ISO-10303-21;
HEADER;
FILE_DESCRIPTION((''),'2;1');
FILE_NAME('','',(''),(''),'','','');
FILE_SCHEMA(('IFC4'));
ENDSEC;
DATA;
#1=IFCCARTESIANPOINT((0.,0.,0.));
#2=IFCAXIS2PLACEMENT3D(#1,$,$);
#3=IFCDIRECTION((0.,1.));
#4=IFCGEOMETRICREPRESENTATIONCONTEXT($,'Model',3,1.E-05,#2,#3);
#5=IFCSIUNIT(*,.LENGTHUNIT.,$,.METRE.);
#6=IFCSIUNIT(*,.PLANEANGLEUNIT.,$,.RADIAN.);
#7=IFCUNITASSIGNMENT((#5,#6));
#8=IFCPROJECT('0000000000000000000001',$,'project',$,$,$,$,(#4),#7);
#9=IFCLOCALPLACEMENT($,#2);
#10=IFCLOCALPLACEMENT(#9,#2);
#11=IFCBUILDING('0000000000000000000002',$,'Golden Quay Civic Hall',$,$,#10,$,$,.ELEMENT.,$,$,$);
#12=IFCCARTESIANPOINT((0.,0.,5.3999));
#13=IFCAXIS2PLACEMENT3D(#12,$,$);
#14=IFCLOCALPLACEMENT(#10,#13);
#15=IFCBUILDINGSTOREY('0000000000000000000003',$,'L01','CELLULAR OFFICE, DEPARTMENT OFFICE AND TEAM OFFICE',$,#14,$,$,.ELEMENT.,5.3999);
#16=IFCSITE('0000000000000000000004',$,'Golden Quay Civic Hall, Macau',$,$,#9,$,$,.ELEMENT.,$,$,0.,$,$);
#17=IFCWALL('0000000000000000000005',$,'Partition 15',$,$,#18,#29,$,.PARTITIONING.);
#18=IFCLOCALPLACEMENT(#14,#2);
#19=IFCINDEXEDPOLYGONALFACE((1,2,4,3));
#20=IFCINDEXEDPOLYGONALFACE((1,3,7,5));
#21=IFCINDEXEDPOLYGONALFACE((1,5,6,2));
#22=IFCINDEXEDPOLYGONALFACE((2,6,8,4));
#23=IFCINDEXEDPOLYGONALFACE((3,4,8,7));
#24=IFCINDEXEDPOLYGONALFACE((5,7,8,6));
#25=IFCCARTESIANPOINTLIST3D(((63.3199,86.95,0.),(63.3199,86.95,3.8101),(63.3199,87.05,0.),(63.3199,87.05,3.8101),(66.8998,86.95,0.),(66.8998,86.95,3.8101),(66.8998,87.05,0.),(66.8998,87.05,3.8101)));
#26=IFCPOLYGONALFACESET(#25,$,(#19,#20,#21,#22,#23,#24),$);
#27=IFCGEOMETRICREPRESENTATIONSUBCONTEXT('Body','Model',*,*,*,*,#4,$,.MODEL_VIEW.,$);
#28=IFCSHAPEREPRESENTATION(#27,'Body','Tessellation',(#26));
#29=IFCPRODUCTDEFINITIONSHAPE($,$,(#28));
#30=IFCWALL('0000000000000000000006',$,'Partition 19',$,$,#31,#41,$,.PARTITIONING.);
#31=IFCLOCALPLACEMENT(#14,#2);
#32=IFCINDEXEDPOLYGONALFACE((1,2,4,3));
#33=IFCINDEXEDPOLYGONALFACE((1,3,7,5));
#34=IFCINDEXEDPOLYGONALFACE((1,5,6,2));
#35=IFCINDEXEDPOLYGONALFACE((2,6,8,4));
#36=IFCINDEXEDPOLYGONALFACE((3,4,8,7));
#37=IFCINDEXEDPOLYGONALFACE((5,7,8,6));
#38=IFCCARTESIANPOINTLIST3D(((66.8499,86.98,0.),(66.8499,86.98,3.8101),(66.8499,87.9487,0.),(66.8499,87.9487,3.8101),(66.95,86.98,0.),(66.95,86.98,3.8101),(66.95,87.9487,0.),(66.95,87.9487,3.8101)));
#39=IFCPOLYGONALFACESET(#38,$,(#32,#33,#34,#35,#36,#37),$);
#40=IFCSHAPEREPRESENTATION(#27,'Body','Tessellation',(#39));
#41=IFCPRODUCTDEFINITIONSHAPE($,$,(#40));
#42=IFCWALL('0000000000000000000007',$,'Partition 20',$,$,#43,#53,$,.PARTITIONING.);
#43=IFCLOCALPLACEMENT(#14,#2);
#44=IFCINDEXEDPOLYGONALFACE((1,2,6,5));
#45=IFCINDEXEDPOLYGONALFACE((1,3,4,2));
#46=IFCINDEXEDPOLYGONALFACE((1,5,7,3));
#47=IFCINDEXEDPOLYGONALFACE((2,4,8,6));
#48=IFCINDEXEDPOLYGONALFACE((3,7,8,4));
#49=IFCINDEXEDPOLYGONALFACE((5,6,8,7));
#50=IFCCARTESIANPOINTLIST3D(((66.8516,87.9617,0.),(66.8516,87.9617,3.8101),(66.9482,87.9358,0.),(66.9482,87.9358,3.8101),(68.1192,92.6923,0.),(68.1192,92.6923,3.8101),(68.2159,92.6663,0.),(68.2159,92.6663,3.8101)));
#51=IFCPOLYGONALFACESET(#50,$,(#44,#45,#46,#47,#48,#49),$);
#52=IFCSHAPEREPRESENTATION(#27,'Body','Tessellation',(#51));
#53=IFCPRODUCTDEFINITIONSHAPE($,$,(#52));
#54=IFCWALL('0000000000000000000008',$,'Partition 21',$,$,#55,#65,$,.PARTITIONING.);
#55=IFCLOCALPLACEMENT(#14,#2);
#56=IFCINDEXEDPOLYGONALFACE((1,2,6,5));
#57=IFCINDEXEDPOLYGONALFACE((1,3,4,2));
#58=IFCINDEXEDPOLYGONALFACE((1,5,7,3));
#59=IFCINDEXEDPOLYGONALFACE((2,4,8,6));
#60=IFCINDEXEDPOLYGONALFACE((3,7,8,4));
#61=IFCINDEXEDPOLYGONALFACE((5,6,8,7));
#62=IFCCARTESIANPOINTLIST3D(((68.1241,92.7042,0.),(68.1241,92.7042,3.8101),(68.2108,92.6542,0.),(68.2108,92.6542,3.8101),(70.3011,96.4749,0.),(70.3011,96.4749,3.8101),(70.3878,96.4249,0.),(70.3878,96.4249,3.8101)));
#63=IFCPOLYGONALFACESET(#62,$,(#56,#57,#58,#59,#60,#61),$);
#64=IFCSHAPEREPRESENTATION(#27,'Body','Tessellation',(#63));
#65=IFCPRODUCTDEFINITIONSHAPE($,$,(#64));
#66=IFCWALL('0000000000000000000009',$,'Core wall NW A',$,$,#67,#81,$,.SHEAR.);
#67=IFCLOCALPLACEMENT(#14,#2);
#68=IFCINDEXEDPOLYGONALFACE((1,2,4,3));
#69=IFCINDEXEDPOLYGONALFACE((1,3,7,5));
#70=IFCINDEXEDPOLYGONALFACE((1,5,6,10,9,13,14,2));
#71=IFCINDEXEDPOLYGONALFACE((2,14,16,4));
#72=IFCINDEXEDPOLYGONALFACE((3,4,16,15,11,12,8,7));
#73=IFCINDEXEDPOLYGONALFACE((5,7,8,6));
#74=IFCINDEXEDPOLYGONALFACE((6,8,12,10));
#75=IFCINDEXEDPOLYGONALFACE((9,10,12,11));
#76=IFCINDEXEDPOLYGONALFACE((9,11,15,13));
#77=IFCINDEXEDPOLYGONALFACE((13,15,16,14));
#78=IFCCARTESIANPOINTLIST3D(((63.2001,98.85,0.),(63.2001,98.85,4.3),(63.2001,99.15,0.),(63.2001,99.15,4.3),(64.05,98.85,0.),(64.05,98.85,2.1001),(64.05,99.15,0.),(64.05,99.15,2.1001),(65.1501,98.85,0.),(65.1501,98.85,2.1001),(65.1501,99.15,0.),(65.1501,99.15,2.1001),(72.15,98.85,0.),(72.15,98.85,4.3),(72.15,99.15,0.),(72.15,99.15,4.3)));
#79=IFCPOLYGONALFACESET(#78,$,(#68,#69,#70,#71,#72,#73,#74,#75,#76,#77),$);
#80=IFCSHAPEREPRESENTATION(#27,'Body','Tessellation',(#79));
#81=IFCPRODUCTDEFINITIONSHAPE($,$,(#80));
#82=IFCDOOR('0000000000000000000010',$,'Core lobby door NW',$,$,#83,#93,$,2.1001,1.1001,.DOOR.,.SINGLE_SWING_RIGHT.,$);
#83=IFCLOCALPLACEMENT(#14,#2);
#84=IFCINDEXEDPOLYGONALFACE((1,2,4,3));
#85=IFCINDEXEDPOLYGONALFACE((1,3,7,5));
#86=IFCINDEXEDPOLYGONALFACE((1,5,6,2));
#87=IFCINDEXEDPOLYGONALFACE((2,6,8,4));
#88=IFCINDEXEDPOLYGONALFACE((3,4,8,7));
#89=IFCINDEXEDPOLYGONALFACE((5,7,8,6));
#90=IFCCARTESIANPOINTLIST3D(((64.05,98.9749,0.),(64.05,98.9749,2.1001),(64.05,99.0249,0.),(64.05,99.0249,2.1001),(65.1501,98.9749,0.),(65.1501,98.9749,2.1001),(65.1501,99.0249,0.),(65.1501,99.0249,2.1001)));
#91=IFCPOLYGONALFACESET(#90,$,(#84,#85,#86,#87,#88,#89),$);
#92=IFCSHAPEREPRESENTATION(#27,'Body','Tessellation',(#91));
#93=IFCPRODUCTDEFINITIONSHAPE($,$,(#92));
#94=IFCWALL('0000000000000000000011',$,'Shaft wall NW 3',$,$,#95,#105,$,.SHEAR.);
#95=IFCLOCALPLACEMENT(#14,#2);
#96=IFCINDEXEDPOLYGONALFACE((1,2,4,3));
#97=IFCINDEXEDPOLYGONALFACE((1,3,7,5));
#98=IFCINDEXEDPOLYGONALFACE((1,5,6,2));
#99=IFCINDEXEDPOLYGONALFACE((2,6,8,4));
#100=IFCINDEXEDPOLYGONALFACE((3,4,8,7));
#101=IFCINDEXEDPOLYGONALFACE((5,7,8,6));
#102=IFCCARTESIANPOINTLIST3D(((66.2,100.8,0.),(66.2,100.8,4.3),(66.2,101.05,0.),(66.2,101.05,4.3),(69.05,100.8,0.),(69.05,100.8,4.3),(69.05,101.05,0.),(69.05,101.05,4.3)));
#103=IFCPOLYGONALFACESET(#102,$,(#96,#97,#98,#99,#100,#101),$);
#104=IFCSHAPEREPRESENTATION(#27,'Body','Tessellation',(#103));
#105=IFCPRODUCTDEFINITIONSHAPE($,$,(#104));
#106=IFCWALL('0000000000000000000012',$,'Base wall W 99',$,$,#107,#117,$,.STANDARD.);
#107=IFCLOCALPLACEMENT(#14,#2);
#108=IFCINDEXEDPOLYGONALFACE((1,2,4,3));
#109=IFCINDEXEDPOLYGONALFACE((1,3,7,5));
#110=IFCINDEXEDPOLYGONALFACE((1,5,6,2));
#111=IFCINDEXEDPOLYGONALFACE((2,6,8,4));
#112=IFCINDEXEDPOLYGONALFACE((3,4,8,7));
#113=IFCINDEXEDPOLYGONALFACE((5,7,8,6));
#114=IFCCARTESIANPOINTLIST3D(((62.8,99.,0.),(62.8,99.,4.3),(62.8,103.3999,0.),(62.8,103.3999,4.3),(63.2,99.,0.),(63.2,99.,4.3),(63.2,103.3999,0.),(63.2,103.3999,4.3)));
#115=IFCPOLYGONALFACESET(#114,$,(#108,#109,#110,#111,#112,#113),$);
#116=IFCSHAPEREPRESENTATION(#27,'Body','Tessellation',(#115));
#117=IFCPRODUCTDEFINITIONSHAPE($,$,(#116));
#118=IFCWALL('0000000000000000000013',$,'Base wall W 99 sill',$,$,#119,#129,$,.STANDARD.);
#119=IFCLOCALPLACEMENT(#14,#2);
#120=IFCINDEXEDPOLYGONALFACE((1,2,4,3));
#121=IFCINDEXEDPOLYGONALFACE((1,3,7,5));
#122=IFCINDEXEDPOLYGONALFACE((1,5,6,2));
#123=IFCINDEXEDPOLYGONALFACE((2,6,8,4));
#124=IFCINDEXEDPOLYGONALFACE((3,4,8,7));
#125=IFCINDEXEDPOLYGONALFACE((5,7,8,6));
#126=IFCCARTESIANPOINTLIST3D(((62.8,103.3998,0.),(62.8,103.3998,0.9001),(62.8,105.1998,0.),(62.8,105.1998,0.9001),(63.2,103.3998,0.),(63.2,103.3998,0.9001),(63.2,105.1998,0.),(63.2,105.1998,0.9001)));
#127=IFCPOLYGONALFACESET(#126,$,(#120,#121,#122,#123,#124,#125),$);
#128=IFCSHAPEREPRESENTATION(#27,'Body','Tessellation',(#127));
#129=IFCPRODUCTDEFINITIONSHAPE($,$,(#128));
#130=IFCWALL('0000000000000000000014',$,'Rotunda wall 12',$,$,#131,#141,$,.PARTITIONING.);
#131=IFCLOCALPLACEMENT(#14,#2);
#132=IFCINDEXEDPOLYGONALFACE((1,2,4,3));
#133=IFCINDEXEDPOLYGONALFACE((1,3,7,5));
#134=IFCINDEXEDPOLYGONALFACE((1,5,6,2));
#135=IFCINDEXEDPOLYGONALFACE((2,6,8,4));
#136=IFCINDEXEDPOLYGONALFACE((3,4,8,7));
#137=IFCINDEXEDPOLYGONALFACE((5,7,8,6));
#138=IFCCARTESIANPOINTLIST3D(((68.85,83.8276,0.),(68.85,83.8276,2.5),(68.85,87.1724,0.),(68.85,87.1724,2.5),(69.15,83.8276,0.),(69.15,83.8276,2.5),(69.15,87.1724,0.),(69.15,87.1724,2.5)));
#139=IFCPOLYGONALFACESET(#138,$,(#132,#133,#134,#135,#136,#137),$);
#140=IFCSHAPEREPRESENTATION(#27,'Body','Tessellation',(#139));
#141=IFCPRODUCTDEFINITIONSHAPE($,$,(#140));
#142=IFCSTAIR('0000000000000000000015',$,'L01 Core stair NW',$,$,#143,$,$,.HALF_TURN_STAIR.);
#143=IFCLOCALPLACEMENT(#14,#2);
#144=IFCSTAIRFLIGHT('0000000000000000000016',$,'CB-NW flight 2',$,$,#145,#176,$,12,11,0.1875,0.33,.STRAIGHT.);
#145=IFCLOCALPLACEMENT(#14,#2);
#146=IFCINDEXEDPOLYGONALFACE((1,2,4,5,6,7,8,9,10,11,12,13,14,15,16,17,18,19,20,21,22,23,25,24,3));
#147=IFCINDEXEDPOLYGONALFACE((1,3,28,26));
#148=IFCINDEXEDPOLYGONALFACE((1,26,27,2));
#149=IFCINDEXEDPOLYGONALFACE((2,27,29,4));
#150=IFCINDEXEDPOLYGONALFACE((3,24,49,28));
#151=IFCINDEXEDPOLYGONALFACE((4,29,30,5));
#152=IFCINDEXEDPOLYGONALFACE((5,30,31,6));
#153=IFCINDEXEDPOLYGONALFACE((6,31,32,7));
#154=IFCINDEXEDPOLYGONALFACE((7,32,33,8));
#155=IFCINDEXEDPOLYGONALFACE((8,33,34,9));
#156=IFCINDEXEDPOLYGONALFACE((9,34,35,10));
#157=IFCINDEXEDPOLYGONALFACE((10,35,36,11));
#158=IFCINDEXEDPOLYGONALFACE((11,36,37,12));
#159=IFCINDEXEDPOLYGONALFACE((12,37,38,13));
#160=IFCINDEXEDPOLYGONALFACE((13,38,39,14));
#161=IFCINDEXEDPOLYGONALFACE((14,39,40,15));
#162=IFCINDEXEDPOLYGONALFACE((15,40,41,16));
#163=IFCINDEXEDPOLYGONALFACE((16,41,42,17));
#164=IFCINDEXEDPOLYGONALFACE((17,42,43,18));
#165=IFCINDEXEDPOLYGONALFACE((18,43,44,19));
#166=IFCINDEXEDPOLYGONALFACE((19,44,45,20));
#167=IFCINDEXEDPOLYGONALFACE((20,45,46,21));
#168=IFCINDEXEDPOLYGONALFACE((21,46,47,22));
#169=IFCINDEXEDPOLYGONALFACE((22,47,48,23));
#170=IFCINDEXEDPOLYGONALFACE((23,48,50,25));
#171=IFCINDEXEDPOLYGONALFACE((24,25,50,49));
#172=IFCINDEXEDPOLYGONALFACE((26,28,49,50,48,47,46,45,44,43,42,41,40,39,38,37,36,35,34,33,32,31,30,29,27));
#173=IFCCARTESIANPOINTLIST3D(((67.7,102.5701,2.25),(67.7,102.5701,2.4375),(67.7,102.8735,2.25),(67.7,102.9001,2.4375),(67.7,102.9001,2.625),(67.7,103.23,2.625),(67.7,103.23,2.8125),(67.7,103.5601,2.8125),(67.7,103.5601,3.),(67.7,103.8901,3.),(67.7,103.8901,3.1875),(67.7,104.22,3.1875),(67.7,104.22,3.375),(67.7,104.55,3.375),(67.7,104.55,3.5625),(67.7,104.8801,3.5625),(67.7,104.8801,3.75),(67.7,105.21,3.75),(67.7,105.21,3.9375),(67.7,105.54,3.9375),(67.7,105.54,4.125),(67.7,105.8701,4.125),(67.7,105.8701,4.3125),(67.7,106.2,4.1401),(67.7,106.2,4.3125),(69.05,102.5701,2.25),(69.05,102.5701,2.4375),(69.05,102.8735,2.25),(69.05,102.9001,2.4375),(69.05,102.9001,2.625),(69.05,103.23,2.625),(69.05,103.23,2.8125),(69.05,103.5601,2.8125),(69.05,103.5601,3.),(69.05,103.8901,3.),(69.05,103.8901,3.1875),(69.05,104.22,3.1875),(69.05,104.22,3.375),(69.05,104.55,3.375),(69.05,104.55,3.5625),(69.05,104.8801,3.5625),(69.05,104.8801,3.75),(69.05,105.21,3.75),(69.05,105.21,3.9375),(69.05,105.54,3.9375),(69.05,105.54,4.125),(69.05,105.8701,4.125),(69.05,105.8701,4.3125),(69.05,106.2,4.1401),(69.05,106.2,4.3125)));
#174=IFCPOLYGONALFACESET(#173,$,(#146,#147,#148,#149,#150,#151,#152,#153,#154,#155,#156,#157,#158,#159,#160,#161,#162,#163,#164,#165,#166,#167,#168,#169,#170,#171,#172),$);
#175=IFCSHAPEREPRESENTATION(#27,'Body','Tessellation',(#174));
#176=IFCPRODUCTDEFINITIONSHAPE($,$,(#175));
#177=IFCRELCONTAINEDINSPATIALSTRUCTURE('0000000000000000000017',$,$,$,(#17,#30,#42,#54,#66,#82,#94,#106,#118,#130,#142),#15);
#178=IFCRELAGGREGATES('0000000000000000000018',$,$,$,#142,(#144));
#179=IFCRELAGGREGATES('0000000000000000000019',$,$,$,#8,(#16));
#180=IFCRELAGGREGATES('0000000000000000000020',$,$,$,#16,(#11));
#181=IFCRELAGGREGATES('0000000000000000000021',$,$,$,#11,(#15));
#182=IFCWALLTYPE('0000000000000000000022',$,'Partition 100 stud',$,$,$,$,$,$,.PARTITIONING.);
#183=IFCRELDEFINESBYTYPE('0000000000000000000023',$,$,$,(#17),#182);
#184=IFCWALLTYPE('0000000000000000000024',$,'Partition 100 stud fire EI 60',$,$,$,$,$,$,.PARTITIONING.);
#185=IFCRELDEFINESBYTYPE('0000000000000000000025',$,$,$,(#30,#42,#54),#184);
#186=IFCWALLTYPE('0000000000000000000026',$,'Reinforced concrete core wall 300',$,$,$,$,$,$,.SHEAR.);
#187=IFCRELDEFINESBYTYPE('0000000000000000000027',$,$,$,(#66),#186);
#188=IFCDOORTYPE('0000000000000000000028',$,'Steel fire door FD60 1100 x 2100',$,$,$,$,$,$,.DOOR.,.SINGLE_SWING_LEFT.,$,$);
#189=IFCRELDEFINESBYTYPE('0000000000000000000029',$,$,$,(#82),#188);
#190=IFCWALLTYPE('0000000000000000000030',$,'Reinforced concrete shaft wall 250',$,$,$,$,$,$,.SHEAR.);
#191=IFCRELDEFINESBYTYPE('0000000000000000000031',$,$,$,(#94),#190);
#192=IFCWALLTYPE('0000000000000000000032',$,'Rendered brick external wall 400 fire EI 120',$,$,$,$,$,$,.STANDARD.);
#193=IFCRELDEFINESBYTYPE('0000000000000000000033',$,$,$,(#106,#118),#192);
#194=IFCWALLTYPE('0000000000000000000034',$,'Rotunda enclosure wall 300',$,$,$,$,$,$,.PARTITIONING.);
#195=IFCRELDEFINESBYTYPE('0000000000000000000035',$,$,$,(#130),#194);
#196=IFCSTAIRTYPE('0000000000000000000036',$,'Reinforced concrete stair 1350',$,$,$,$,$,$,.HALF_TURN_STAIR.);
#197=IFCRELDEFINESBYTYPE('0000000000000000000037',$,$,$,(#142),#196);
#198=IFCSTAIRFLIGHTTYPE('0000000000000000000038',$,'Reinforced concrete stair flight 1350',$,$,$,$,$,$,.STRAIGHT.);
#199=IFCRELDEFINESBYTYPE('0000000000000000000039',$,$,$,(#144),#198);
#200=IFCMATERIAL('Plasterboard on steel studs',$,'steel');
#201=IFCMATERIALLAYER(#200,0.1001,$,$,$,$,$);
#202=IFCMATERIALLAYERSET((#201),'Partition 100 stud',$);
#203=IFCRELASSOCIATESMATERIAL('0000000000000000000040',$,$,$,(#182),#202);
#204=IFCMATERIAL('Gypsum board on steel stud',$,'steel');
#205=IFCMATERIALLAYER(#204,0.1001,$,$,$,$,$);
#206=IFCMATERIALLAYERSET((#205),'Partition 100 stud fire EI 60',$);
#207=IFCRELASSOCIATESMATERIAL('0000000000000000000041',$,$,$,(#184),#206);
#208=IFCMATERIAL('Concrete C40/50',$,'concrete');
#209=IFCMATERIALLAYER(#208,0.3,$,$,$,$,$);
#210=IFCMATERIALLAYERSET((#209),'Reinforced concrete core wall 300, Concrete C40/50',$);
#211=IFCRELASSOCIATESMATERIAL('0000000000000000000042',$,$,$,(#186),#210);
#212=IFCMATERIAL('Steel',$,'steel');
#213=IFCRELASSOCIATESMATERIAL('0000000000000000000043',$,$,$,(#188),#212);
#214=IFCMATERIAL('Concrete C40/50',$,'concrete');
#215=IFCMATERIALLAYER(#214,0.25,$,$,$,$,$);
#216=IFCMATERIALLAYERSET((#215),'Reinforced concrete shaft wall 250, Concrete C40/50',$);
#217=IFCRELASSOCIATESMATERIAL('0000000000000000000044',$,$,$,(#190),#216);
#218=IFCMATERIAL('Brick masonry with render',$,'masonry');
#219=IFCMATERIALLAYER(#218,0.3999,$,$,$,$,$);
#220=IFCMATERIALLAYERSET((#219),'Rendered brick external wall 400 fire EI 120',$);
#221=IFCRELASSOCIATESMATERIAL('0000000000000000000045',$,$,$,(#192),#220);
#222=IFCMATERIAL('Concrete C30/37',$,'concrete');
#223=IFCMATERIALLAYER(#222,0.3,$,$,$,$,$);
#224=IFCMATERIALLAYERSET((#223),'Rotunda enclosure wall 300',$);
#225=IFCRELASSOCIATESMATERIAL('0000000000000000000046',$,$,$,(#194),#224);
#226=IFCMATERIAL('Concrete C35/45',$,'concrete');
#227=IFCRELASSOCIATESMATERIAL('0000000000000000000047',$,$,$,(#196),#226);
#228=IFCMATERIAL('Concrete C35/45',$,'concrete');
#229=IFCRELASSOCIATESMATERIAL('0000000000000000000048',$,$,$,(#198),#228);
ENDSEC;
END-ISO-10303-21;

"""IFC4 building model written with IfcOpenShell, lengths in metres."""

from ifc_helpers import new_model, si_unit, direction, frame, frame_2d, origin, place, context, subcontext, project, spatial, polyline, rectangle, outline, extrude, material, layer, layer_set, type_object, element, fill, aggregate, save


model = new_model("IFC4")

# Units and contexts
model_context = context("Model", 3, precision=1e-05, world=origin(), true_north=direction((0.0, 1.0)))
body_context = subcontext(model_context, "Body", "Model", "MODEL_VIEW")
ifc_project = project(units=[si_unit("LENGTHUNIT", "METRE"), si_unit("PLANEANGLEUNIT", "RADIAN")], contexts=[model_context])

# Site, building, storey
site_placement = place(None, origin())
site = spatial("IfcSite", under=ifc_project, at=site_placement, Name="Golden Quay Civic Hall, Macau", CompositionType="ELEMENT", RefElevation=0.0)
building_placement = place(site_placement, origin())
building = spatial("IfcBuilding", under=site, at=building_placement, Name="Golden Quay Civic Hall", CompositionType="ELEMENT")
storey_placement = place(building_placement, frame((0.0, 0.0, 5.3999)))
storey = spatial("IfcBuildingStorey", under=building, at=storey_placement, Name="L01", Description="CELLULAR OFFICE, DEPARTMENT OFFICE AND TEAM OFFICE", CompositionType="ELEMENT", Elevation=5.3999)

# Walls
ifc_material_1 = material(Name="Plasterboard on steel studs", Category="steel")
ifc_layer_1 = layer(ifc_material_1, 0.1001)
ifc_layer_set_1 = layer_set([ifc_layer_1], Name="Partition 100 stud")
wall_type_1 = type_object("IfcWallType", Name="Partition 100 stud", PredefinedType="PARTITIONING", material=ifc_layer_set_1)
wall_1_placement = place(storey_placement, frame((66.8999, 87.0, 0.0), z_axis=(0.0, 0.0, 1.0), x_axis=(-1.0, 0.0, 0.0)))
element("IfcWall", 1, at=wall_1_placement, inside=storey, type_object=wall_type_1, Name="Partition 15", PredefinedType="PARTITIONING", context=body_context, shape_type="SweptSolid", body=[
    extrude(rectangle(XDim=3.5798, YDim=0.1001, at=frame_2d((1.79, 0.0))), origin(), (0.0, 0.0, 1.0), 3.8101),
])
ifc_material_2 = material(Name="Gypsum board on steel stud", Category="steel")
ifc_layer_2 = layer(ifc_material_2, 0.1001)
ifc_layer_set_2 = layer_set([ifc_layer_2], Name="Partition 100 stud fire EI 60")
wall_type_2 = type_object("IfcWallType", Name="Partition 100 stud fire EI 60", PredefinedType="PARTITIONING", material=ifc_layer_set_2)
wall_2_placement = place(storey_placement, frame((66.8999, 86.98, 0.0), z_axis=(0.0, 0.0, 1.0), x_axis=(0.0, 1.0, 0.0)))
element("IfcWall", 2, at=wall_2_placement, inside=storey, type_object=wall_type_2, Name="Partition 19", PredefinedType="PARTITIONING", context=body_context, shape_type="SweptSolid", body=[
    extrude(rectangle(XDim=0.9688, YDim=0.1001, at=frame_2d((0.4844, 0.0))), origin(), (0.0, 0.0, 1.0), 3.8101),
])
wall_3_placement = place(storey_placement, frame((66.8999, 87.9487, 0.0), z_axis=(0.0, 0.0, 1.0), x_axis=(0.258829, 0.965923, 0.0)))
element("IfcWall", 3, at=wall_3_placement, inside=storey, type_object=wall_type_2, Name="Partition 20", PredefinedType="PARTITIONING", context=body_context, shape_type="SweptSolid", body=[
    extrude(rectangle(XDim=4.8975, YDim=0.1001, at=frame_2d((2.4487, 0.0))), origin(), (0.0, 0.0, 1.0), 3.8101),
])
wall_4_placement = place(storey_placement, frame((68.1675, 92.6792, 0.0), z_axis=(0.0, 0.0, 1.0), x_axis=(0.499993, 0.86603, 0.0)))
element("IfcWall", 4, at=wall_4_placement, inside=storey, type_object=wall_type_2, Name="Partition 21", PredefinedType="PARTITIONING", context=body_context, shape_type="SweptSolid", body=[
    extrude(rectangle(XDim=4.354, YDim=0.1001, at=frame_2d((2.177, 0.0))), origin(), (0.0, 0.0, 1.0), 3.8101),
])

# Wall, opening, door
ifc_material_3 = material(Name="Concrete C40/50", Category="concrete")
ifc_layer_3 = layer(ifc_material_3, 0.3)
ifc_layer_set_3 = layer_set([ifc_layer_3], Name="Reinforced concrete core wall 300, Concrete C40/50")
wall_type_3 = type_object("IfcWallType", Name="Reinforced concrete core wall 300", PredefinedType="SHEAR", material=ifc_layer_set_3)
wall_5_placement = place(storey_placement, frame((63.2, 99.0, 0.0), z_axis=(0.0, 0.0, 1.0), x_axis=(1.0, 0.0, 0.0)))
wall_5 = element("IfcWall", 5, at=wall_5_placement, inside=storey, type_object=wall_type_3, Name="Core wall NW A", PredefinedType="SHEAR", context=body_context, shape_type="SweptSolid", body=[
    extrude(rectangle(XDim=8.95, YDim=0.3, at=frame_2d((4.4751, 0.0))), origin(), (0.0, 0.0, 1.0), 4.3),
])
opening_placement = place(wall_5_placement, frame((0.8501, 0.0, 0.0)))
opening = element("IfcOpeningElement", 6, at=opening_placement, cuts=wall_5, PredefinedType="OPENING", context=body_context, shape_type="SweptSolid", body=[
    extrude(rectangle(XDim=1.1001, YDim=2.1001, at=frame_2d((0.55, 1.05))), frame((0.0, 0.1599, 0.0), z_axis=(0.0, -1.0, 0.0), x_axis=(1.0, 0.0, 0.0)), (0.0, 0.0, 1.0), 0.3201),
])
ifc_material_4 = material(Name="Steel", Category="steel")
door_type = type_object("IfcDoorType", Name="Steel fire door FD60 1100 x 2100", OperationType="SINGLE_SWING_LEFT", PredefinedType="DOOR", material=ifc_material_4)
door_placement = place(opening_placement, frame((1.1001, 0.0, 0.0), z_axis=(0.0, 0.0, 1.0), x_axis=(-1.0, 0.0, 0.0)))
door = element("IfcDoor", 7, at=door_placement, inside=storey, type_object=door_type, Name="Core lobby door NW", OperationType="SINGLE_SWING_RIGHT", OverallHeight=2.1001, OverallWidth=1.1001, PredefinedType="DOOR", context=body_context, shape_type="SweptSolid", body=[
    extrude(rectangle(XDim=1.1001, YDim=2.1001, at=frame_2d((0.55, 1.05))), frame((0.0, 0.0251, 0.0), z_axis=(0.0, -1.0, 0.0), x_axis=(1.0, 0.0, 0.0)), (0.0, 0.0, 1.0), 0.05),
])
fill(opening, door)

# Walls
ifc_material_5 = material(Name="Concrete C40/50", Category="concrete")
ifc_layer_4 = layer(ifc_material_5, 0.25)
ifc_layer_set_4 = layer_set([ifc_layer_4], Name="Reinforced concrete shaft wall 250, Concrete C40/50")
wall_type_4 = type_object("IfcWallType", Name="Reinforced concrete shaft wall 250", PredefinedType="SHEAR", material=ifc_layer_set_4)
wall_6_placement = place(storey_placement, frame((66.2, 100.925, 0.0), z_axis=(0.0, 0.0, 1.0), x_axis=(1.0, 0.0, 0.0)))
element("IfcWall", 8, at=wall_6_placement, inside=storey, type_object=wall_type_4, Name="Shaft wall NW 3", PredefinedType="SHEAR", context=body_context, shape_type="SweptSolid", body=[
    extrude(rectangle(XDim=2.8501, YDim=0.25, at=frame_2d((1.425, 0.0))), origin(), (0.0, 0.0, 1.0), 4.3),
])
ifc_material_6 = material(Name="Brick masonry with render", Category="masonry")
ifc_layer_5 = layer(ifc_material_6, 0.3999)
ifc_layer_set_5 = layer_set([ifc_layer_5], Name="Rendered brick external wall 400 fire EI 120")
wall_type_5 = type_object("IfcWallType", Name="Rendered brick external wall 400 fire EI 120", PredefinedType="STANDARD", material=ifc_layer_set_5)
wall_7_placement = place(storey_placement, frame((63.0, 99.0, 0.0), z_axis=(0.0, 0.0, 1.0), x_axis=(0.0, 1.0, 0.0)))
element("IfcWall", 9, at=wall_7_placement, inside=storey, type_object=wall_type_5, Name="Base wall W 99", PredefinedType="STANDARD", context=body_context, shape_type="SweptSolid", body=[
    extrude(rectangle(XDim=4.3999, YDim=0.3999, at=frame_2d((2.2, 0.0))), origin(), (0.0, 0.0, 1.0), 4.3),
])
wall_8_placement = place(storey_placement, frame((63.0, 103.3999, 0.0), z_axis=(0.0, 0.0, 1.0), x_axis=(0.0, 1.0, 0.0)))
element("IfcWall", 10, at=wall_8_placement, inside=storey, type_object=wall_type_5, Name="Base wall W 99 sill", PredefinedType="STANDARD", context=body_context, shape_type="SweptSolid", body=[
    extrude(rectangle(XDim=1.8, YDim=0.3999, at=frame_2d((0.8999, 0.0))), origin(), (0.0, 0.0, 1.0), 0.9001),
])
ifc_material_7 = material(Name="Concrete C30/37", Category="concrete")
ifc_layer_6 = layer(ifc_material_7, 0.3)
ifc_layer_set_6 = layer_set([ifc_layer_6], Name="Rotunda enclosure wall 300")
wall_type_6 = type_object("IfcWallType", Name="Rotunda enclosure wall 300", PredefinedType="PARTITIONING", material=ifc_layer_set_6)
wall_9_placement = place(storey_placement, frame((69.0, 87.1724, 0.0), z_axis=(0.0, 0.0, 1.0), x_axis=(0.0, -1.0, 0.0)))
element("IfcWall", 11, at=wall_9_placement, inside=storey, type_object=wall_type_6, Name="Rotunda wall 12", PredefinedType="PARTITIONING", context=body_context, shape_type="SweptSolid", body=[
    extrude(rectangle(XDim=3.3447, YDim=0.3, at=frame_2d((1.6724, 0.0))), origin(), (0.0, 0.0, 1.0), 2.5),
])

# Stair, stair flight
ifc_material_8 = material(Name="Concrete C35/45", Category="concrete")
stair_type = type_object("IfcStairType", Name="Reinforced concrete stair 1350", PredefinedType="HALF_TURN_STAIR", material=ifc_material_8)
stair_placement = place(storey_placement, origin())
stair = element("IfcStair", 12, at=stair_placement, inside=storey, type_object=stair_type, Name="L01 Core stair NW", PredefinedType="HALF_TURN_STAIR")
ifc_material_9 = material(Name="Concrete C35/45", Category="concrete")
stair_flight_type = type_object("IfcStairFlightType", Name="Reinforced concrete stair flight 1350", PredefinedType="STRAIGHT", material=ifc_material_9)
stair_flight_placement = place(storey_placement, frame((68.375, 102.5701, 2.25), z_axis=(0.0, 0.0, 1.0), x_axis=(0.0, 1.0, 0.0)))
stair_flight = element("IfcStairFlight", 13, at=stair_flight_placement, type_object=stair_flight_type, Name="CB-NW flight 2", NumberOfRisers=12, NumberOfTreads=11, PredefinedType="STRAIGHT", RiserHeight=0.1875, TreadLength=0.33, context=body_context, shape_type="SweptSolid", body=[
    extrude(outline(polyline([(0.0, 0.0), (0.0, 0.1875), (0.3301, 0.1875), (0.3301, 0.375), (0.6599, 0.375), (0.6599, 0.5625), (0.99, 0.5625), (0.99, 0.75), (1.3201, 0.75), (1.3201, 0.9375), (1.6499, 0.9375), (1.6499, 1.125), (1.98, 1.125), (1.98, 1.3125), (2.3101, 1.3125), (2.3101, 1.5), (2.6399, 1.5), (2.6399, 1.6875), (2.97, 1.6875), (2.97, 1.875), (3.3, 1.875), (3.3, 2.0625), (3.6299, 2.0625), (3.6299, 2.25), (3.6299, 1.8901), (0.3035, 0.0), (0.0, 0.0)])), frame((0.0, 0.675, 0.0), z_axis=(0.0, -1.0, 0.0), x_axis=(1.0, 0.0, 0.0)), (0.0, 0.0, 1.0), 1.35),
])
aggregate(stair, [stair_flight])

save(model, "model.ifc")
